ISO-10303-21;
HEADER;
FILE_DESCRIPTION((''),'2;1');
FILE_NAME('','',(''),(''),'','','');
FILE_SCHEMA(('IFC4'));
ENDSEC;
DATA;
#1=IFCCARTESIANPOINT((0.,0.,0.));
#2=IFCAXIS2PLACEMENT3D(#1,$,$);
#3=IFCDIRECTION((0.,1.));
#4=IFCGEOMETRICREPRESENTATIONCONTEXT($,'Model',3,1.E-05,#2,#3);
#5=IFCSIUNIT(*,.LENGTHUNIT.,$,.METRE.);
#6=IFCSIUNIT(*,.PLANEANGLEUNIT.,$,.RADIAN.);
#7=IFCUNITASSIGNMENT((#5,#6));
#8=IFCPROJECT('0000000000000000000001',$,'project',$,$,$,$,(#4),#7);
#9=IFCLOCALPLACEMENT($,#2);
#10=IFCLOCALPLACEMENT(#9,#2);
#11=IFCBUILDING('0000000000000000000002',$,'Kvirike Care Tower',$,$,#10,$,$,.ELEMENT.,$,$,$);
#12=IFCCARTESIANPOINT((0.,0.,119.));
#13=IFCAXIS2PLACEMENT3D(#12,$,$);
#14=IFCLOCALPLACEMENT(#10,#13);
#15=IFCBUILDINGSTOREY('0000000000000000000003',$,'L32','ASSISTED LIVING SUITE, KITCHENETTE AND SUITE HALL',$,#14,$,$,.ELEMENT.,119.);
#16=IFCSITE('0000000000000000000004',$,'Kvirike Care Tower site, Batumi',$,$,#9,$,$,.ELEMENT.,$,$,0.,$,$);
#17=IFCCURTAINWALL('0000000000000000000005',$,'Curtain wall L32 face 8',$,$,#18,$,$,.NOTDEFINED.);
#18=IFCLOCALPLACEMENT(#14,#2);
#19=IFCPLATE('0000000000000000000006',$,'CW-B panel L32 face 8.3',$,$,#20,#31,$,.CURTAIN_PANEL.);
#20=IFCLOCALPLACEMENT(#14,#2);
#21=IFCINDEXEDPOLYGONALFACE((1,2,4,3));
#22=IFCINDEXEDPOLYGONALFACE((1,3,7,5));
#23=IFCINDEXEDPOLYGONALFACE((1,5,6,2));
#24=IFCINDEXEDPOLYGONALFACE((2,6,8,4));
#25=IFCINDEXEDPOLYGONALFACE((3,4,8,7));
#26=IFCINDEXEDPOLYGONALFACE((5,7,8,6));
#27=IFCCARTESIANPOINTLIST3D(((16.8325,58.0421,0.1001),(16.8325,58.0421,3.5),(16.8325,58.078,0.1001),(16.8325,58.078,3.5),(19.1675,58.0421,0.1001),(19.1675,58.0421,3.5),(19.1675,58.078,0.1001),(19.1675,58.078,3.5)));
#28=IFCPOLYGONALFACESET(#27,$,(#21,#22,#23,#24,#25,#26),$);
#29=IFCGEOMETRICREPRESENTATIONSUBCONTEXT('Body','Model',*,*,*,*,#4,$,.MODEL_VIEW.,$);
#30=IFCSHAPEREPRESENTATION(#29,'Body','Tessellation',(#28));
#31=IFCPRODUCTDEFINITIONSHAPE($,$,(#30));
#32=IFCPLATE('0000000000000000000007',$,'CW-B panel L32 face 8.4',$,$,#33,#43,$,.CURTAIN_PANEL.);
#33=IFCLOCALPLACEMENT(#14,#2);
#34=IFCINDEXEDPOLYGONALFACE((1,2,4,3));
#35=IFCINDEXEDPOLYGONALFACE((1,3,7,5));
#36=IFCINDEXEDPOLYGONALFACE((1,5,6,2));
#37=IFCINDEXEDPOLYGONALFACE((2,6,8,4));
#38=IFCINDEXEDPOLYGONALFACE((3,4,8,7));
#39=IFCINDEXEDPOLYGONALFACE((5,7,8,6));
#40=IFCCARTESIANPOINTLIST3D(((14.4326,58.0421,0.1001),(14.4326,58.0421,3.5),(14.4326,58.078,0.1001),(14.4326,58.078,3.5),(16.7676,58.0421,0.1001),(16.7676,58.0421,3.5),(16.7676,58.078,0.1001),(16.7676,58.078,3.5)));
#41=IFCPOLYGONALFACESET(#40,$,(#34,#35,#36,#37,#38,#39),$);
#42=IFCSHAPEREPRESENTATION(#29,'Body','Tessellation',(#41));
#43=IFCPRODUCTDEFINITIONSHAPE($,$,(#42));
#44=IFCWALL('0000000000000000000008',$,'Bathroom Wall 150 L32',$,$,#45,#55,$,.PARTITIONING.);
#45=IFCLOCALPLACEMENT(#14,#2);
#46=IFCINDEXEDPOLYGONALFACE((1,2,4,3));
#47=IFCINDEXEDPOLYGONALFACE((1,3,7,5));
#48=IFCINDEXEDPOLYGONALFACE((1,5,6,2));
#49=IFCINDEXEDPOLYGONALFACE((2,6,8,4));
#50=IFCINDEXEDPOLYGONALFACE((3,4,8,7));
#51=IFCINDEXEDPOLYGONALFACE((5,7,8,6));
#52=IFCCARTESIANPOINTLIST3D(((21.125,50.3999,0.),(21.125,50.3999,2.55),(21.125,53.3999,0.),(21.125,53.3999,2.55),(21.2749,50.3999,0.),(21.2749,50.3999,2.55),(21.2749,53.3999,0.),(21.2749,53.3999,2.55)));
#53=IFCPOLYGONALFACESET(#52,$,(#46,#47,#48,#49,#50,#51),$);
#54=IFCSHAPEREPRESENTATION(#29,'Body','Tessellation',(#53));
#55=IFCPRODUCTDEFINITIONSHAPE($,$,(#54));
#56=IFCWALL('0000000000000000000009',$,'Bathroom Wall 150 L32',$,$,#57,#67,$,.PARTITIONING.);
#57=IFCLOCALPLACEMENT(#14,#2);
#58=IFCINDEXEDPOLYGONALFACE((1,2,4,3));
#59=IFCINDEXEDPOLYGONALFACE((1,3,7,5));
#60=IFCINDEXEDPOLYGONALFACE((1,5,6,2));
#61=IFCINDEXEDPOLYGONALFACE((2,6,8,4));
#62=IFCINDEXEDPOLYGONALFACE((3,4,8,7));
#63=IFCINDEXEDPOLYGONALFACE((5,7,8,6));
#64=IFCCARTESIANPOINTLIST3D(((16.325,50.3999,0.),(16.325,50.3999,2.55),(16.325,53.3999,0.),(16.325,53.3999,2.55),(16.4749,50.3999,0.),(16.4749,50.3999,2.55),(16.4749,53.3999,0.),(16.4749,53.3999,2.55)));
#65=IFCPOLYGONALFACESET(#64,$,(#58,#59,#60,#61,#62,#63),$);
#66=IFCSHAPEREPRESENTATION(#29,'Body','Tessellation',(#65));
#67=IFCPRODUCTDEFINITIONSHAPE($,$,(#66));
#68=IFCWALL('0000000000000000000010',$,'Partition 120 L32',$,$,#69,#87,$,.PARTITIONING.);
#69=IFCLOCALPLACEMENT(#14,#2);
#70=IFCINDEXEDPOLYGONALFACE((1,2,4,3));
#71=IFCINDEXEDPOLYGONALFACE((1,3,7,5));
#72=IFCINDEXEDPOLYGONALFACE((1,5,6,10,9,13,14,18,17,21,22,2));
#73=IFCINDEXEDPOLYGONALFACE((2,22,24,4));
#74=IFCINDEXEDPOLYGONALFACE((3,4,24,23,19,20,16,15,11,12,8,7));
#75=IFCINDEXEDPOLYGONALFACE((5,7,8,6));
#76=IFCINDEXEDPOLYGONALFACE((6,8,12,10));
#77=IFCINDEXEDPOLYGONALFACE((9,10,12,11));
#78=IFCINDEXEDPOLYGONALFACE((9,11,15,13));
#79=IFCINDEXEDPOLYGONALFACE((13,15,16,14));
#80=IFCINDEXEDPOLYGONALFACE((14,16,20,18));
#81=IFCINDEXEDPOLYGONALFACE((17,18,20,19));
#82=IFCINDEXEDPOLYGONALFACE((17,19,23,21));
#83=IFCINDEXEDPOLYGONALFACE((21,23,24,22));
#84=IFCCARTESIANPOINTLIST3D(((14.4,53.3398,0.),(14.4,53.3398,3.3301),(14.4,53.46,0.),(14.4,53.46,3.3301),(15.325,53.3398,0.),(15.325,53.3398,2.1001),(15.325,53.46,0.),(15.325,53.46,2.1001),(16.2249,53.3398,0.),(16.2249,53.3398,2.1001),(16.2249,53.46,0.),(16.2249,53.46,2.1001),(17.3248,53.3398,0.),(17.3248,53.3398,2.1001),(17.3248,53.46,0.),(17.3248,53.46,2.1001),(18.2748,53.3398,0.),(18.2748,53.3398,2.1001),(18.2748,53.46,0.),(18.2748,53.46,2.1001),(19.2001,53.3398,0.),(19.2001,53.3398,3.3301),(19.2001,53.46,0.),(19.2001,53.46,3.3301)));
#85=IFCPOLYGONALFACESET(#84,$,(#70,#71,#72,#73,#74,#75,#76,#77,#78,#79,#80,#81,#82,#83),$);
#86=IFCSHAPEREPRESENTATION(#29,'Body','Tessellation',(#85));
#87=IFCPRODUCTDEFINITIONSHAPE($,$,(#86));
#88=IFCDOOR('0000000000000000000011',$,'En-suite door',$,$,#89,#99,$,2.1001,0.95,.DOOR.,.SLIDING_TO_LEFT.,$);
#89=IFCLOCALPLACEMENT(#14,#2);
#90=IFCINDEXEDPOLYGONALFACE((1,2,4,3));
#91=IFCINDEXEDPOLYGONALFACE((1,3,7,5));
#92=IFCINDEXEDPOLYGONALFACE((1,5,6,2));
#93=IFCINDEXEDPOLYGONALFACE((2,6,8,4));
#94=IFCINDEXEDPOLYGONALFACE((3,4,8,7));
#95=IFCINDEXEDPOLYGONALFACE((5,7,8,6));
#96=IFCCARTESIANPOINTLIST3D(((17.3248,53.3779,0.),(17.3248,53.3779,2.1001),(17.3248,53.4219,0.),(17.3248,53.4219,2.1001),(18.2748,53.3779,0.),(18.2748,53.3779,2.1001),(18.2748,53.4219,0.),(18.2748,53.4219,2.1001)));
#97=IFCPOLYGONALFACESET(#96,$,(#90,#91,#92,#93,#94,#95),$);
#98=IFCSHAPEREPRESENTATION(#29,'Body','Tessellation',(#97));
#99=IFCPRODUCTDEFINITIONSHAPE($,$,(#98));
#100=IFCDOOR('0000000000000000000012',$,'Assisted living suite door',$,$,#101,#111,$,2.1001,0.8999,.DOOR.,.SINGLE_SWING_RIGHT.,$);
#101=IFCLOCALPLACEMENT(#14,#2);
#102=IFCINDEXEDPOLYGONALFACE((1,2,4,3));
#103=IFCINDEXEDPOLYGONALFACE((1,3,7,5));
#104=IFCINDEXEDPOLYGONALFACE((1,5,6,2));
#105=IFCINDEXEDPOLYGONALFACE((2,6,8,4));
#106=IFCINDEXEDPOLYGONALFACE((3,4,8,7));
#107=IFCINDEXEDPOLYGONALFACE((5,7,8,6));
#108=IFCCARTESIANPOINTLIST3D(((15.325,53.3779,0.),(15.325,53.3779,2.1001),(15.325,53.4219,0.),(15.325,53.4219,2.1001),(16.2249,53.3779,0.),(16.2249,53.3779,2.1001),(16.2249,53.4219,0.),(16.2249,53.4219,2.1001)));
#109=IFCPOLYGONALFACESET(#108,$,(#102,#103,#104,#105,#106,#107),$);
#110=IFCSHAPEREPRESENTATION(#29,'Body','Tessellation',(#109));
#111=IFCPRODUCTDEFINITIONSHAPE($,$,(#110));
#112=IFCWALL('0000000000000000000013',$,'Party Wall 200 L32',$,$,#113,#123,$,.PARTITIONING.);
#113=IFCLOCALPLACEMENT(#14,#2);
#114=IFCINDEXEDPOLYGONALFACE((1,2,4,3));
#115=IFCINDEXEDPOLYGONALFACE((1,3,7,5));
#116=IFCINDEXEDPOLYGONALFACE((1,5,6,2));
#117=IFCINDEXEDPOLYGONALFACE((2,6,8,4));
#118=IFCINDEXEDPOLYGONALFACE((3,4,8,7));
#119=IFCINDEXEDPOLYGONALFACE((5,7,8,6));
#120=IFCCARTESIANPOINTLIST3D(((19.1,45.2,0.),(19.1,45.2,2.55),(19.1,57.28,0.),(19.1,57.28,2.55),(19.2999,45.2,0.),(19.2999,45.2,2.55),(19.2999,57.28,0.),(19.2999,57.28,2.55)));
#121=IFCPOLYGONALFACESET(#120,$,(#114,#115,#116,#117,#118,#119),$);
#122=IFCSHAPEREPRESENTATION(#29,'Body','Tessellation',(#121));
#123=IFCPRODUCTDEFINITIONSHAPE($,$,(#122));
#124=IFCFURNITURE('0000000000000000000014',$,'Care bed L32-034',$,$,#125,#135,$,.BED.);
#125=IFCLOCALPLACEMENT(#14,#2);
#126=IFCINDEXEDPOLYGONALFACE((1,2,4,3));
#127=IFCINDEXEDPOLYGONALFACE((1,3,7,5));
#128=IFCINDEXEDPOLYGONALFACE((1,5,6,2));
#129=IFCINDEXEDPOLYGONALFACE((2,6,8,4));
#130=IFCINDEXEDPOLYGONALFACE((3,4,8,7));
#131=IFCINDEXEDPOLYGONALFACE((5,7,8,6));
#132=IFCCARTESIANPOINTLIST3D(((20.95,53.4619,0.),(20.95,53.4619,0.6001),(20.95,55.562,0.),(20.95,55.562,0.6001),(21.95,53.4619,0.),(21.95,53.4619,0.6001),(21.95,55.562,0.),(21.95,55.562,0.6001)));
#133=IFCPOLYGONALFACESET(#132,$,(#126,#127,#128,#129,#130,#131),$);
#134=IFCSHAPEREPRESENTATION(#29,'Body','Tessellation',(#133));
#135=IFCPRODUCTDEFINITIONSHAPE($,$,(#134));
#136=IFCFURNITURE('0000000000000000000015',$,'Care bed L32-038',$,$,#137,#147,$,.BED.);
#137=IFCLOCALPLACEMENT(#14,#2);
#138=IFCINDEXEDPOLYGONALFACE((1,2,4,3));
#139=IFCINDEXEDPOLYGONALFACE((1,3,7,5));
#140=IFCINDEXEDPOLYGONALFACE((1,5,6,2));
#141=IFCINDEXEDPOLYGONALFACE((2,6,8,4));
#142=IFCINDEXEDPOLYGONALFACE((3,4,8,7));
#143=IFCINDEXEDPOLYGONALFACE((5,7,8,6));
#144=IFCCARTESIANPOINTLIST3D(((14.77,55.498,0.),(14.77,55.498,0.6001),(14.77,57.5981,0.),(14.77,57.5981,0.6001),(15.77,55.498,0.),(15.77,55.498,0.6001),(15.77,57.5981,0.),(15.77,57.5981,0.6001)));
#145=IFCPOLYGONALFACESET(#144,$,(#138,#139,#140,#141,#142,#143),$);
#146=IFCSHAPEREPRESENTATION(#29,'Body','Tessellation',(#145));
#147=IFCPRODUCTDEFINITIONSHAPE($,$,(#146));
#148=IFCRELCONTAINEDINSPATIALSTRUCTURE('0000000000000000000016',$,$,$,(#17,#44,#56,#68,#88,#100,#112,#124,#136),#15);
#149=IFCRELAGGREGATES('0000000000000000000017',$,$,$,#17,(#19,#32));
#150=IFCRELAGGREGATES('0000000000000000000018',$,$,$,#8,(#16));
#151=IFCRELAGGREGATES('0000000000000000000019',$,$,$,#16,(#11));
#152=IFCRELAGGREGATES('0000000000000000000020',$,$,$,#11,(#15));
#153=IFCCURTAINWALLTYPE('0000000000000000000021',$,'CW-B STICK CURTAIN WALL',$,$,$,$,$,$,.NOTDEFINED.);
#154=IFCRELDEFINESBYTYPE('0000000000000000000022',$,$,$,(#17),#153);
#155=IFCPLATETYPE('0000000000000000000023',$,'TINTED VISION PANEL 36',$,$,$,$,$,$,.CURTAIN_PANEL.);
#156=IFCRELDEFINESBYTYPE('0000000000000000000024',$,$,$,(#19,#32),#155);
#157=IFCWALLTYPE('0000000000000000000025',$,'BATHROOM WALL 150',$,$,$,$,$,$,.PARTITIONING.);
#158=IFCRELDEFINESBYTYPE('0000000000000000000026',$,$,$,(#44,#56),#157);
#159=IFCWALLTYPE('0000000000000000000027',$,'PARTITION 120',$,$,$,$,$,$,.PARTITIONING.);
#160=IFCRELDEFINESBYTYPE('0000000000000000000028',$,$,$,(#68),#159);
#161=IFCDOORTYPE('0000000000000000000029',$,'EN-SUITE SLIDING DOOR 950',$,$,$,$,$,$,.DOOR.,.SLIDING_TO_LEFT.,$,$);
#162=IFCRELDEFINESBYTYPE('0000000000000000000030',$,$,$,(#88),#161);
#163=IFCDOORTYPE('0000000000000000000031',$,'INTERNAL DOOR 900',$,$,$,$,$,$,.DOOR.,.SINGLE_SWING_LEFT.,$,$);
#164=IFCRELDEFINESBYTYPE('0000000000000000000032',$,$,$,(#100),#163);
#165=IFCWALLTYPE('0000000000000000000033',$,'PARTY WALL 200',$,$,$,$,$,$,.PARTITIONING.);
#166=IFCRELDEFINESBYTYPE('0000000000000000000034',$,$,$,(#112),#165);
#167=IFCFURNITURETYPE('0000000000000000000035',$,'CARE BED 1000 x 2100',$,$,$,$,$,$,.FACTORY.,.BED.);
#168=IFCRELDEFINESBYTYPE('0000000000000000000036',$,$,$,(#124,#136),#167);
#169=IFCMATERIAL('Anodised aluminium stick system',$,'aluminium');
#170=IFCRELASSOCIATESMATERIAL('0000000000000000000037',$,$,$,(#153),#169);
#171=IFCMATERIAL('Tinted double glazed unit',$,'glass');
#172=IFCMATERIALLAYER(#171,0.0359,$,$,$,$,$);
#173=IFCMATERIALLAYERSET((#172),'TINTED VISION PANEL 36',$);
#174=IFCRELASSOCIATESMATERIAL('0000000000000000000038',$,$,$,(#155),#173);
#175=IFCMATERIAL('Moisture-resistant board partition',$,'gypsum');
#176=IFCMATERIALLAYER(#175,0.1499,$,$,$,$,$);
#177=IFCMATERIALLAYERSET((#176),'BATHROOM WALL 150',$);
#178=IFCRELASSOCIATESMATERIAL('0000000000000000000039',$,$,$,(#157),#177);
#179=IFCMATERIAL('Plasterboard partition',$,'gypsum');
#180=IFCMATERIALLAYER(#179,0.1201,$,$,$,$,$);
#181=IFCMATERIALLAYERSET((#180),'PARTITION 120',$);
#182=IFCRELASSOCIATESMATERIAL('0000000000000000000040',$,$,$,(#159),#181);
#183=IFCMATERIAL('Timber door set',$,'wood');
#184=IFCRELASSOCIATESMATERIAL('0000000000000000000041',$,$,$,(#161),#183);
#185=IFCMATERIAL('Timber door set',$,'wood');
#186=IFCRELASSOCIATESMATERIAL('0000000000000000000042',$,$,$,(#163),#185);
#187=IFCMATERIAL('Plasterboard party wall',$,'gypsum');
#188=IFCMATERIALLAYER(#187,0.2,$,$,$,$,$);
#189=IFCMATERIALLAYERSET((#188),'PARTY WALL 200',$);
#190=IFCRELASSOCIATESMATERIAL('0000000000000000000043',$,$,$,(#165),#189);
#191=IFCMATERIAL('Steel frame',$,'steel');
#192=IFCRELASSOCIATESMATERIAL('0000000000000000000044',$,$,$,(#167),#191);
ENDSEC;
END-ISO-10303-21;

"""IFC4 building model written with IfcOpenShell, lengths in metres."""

from ifc_helpers import new_model, si_unit, direction, frame, frame_2d, origin, origin_2d, place, context, subcontext, project, spatial, rectangle, extrude, material, layer, layer_set, type_object, element, fill, aggregate, save


model = new_model("IFC4")

# Units and contexts
model_context = context("Model", 3, precision=1e-05, world=origin(), true_north=direction((0.0, 1.0)))
body_context = subcontext(model_context, "Body", "Model", "MODEL_VIEW")
ifc_project = project(units=[si_unit("LENGTHUNIT", "METRE"), si_unit("PLANEANGLEUNIT", "RADIAN")], contexts=[model_context])

# Site, building, storey
site_placement = place(None, origin())
site = spatial("IfcSite", under=ifc_project, at=site_placement, Name="Kvirike Care Tower site, Batumi", CompositionType="ELEMENT", RefElevation=0.0)
building_placement = place(site_placement, origin())
building = spatial("IfcBuilding", under=site, at=building_placement, Name="Kvirike Care Tower", CompositionType="ELEMENT")
storey_placement = place(building_placement, frame((0.0, 0.0, 119.0)))
storey = spatial("IfcBuildingStorey", under=building, at=storey_placement, Name="L32", Description="ASSISTED LIVING SUITE, KITCHENETTE AND SUITE HALL", CompositionType="ELEMENT", Elevation=119.0)

# Curtain wall
ifc_material_1 = material(Name="Anodised aluminium stick system", Category="aluminium")
curtain_wall_type = type_object("IfcCurtainWallType", Name="CW-B STICK CURTAIN WALL", PredefinedType="NOTDEFINED", material=ifc_material_1)
curtain_wall_placement = place(storey_placement, origin())
curtain_wall = element("IfcCurtainWall", 1, at=curtain_wall_placement, inside=storey, type_object=curtain_wall_type, Name="Curtain wall L32 face 8", PredefinedType="NOTDEFINED")

# Plates
ifc_material_2 = material(Name="Tinted double glazed unit", Category="glass")
ifc_layer_1 = layer(ifc_material_2, 0.0359)
ifc_layer_set_1 = layer_set([ifc_layer_1], Name="TINTED VISION PANEL 36")
plate_type = type_object("IfcPlateType", Name="TINTED VISION PANEL 36", PredefinedType="CURTAIN_PANEL", material=ifc_layer_set_1)
plate_1_placement = place(storey_placement, frame((18.0, 58.0601, 0.1001), z_axis=(0.0, 0.0, 1.0), x_axis=(-1.0, 0.0, 0.0)))
plate_1 = element("IfcPlate", 2, at=plate_1_placement, type_object=plate_type, Name="CW-B panel L32 face 8.3", PredefinedType="CURTAIN_PANEL", context=body_context, shape_type="SweptSolid", body=[
    extrude(rectangle(XDim=2.335, YDim=0.0359, at=origin_2d()), origin(), (0.0, 0.0, 1.0), 3.3999),
])
plate_2_placement = place(storey_placement, frame((15.6001, 58.0601, 0.1001), z_axis=(0.0, 0.0, 1.0), x_axis=(-1.0, 0.0, 0.0)))
plate_2 = element("IfcPlate", 3, at=plate_2_placement, type_object=plate_type, Name="CW-B panel L32 face 8.4", PredefinedType="CURTAIN_PANEL", context=body_context, shape_type="SweptSolid", body=[
    extrude(rectangle(XDim=2.335, YDim=0.0359, at=origin_2d()), origin(), (0.0, 0.0, 1.0), 3.3999),
])
aggregate(curtain_wall, [plate_1, plate_2])

# Walls
ifc_material_3 = material(Name="Moisture-resistant board partition", Category="gypsum")
ifc_layer_2 = layer(ifc_material_3, 0.1499)
ifc_layer_set_2 = layer_set([ifc_layer_2], Name="BATHROOM WALL 150")
wall_type_1 = type_object("IfcWallType", Name="BATHROOM WALL 150", PredefinedType="PARTITIONING", material=ifc_layer_set_2)
for number, where, z_axis, x_axis, name in (
    (4, (21.2, 53.3999, 0.0), (0.0, 0.0, 1.0), (0.0, -1.0, 0.0), "Bathroom Wall 150 L32"),
    (5, (16.3999, 53.3999, 0.0), (0.0, 0.0, 1.0), (0.0, -1.0, 0.0), "Bathroom Wall 150 L32"),
):
    element("IfcWall", number, at=place(storey_placement, frame(where, z_axis=z_axis, x_axis=x_axis)), inside=storey, type_object=wall_type_1, Name=name, PredefinedType="PARTITIONING", context=body_context, shape_type="SweptSolid", body=[
        extrude(rectangle(XDim=3.0, YDim=0.1499, at=frame_2d((1.5, 0.0))), origin(), (0.0, 0.0, 1.0), 2.55),
    ])

# Wall, openings, doors
ifc_material_4 = material(Name="Plasterboard partition", Category="gypsum")
ifc_layer_3 = layer(ifc_material_4, 0.1201)
ifc_layer_set_3 = layer_set([ifc_layer_3], Name="PARTITION 120")
wall_type_2 = type_object("IfcWallType", Name="PARTITION 120", PredefinedType="PARTITIONING", material=ifc_layer_set_3)
wall_1_placement = place(storey_placement, frame((19.2, 53.3999, 0.0), z_axis=(0.0, 0.0, 1.0), x_axis=(-1.0, 0.0, 0.0)))
wall_1 = element("IfcWall", 6, at=wall_1_placement, inside=storey, type_object=wall_type_2, Name="Partition 120 L32", PredefinedType="PARTITIONING", context=body_context, shape_type="SweptSolid", body=[
    extrude(rectangle(XDim=4.8, YDim=0.1201, at=frame_2d((2.3999, 0.0))), origin(), (0.0, 0.0, 1.0), 3.3301),
])
opening_1_placement = place(wall_1_placement, frame((2.9751, 0.0, 0.0)))
opening_1 = element("IfcOpeningElement", 7, at=opening_1_placement, cuts=wall_1, PredefinedType="OPENING", context=body_context, shape_type="SweptSolid", body=[
    extrude(rectangle(XDim=0.8999, YDim=2.1001, at=frame_2d((0.45, 1.05))), frame((0.0, 0.0706, 0.0), z_axis=(0.0, -1.0, 0.0), x_axis=(1.0, 0.0, 0.0)), (0.0, 0.0, 1.0), 0.1411),
])
opening_2_placement = place(wall_1_placement, frame((0.925, 0.0, 0.0)))
opening_2 = element("IfcOpeningElement", 8, at=opening_2_placement, cuts=wall_1, PredefinedType="OPENING", context=body_context, shape_type="SweptSolid", body=[
    extrude(rectangle(XDim=0.95, YDim=2.1001, at=frame_2d((0.4751, 1.05))), frame((0.0, 0.0706, 0.0), z_axis=(0.0, -1.0, 0.0), x_axis=(1.0, 0.0, 0.0)), (0.0, 0.0, 1.0), 0.1411),
])
ifc_material_5 = material(Name="Timber door set", Category="wood")
door_type_1 = type_object("IfcDoorType", Name="EN-SUITE SLIDING DOOR 950", OperationType="SLIDING_TO_LEFT", PredefinedType="DOOR", material=ifc_material_5)
door_1_placement = place(opening_2_placement, origin())
door_1 = element("IfcDoor", 9, at=door_1_placement, inside=storey, type_object=door_type_1, Name="En-suite door", OperationType="SLIDING_TO_LEFT", OverallHeight=2.1001, OverallWidth=0.95, PredefinedType="DOOR", context=body_context, shape_type="SweptSolid", body=[
    extrude(rectangle(XDim=0.95, YDim=2.1001, at=frame_2d((0.4751, 1.05))), frame((0.0, 0.022, 0.0), z_axis=(0.0, -1.0, 0.0), x_axis=(1.0, 0.0, 0.0)), (0.0, 0.0, 1.0), 0.0439),
])
fill(opening_2, door_1)
ifc_material_6 = material(Name="Timber door set", Category="wood")
door_type_2 = type_object("IfcDoorType", Name="INTERNAL DOOR 900", OperationType="SINGLE_SWING_LEFT", PredefinedType="DOOR", material=ifc_material_6)
door_2_placement = place(opening_1_placement, origin())
door_2 = element("IfcDoor", 10, at=door_2_placement, inside=storey, type_object=door_type_2, Name="Assisted living suite door", OperationType="SINGLE_SWING_RIGHT", OverallHeight=2.1001, OverallWidth=0.8999, PredefinedType="DOOR", context=body_context, shape_type="SweptSolid", body=[
    extrude(rectangle(XDim=0.8999, YDim=2.1001, at=frame_2d((0.45, 1.05))), frame((0.0, 0.022, 0.0), z_axis=(0.0, -1.0, 0.0), x_axis=(1.0, 0.0, 0.0)), (0.0, 0.0, 1.0), 0.0439),
])
fill(opening_1, door_2)

# Wall
ifc_material_7 = material(Name="Plasterboard party wall", Category="gypsum")
ifc_layer_4 = layer(ifc_material_7, 0.2)
ifc_layer_set_4 = layer_set([ifc_layer_4], Name="PARTY WALL 200")
wall_type_3 = type_object("IfcWallType", Name="PARTY WALL 200", PredefinedType="PARTITIONING", material=ifc_layer_set_4)
wall_2_placement = place(storey_placement, frame((19.2, 57.28, 0.0), z_axis=(0.0, 0.0, 1.0), x_axis=(0.0, -1.0, 0.0)))
element("IfcWall", 11, at=wall_2_placement, inside=storey, type_object=wall_type_3, Name="Party Wall 200 L32", PredefinedType="PARTITIONING", context=body_context, shape_type="SweptSolid", body=[
    extrude(rectangle(XDim=12.0801, YDim=0.2, at=frame_2d((6.04, 0.0))), origin(), (0.0, 0.0, 1.0), 2.55),
])

# Furniture
ifc_material_8 = material(Name="Steel frame", Category="steel")
furniture_type = type_object("IfcFurnitureType", Name="CARE BED 1000 x 2100", AssemblyPlace="FACTORY", PredefinedType="BED", material=ifc_material_8)
for number, where, z_axis, x_axis, name in (
    (12, (21.45, 54.512, 0.0), (0.0, 0.0, 1.0), (-1.0, 0.0, 0.0), "Care bed L32-034"),
    (13, (15.27, 56.5481, 0.0), (0.0, 0.0, 1.0), (1.0, 0.0, 0.0), "Care bed L32-038"),
):
    element("IfcFurniture", number, at=place(storey_placement, frame(where, z_axis=z_axis, x_axis=x_axis)), inside=storey, type_object=furniture_type, Name=name, PredefinedType="BED", context=body_context, shape_type="SweptSolid", body=[
        extrude(rectangle(XDim=1.0, YDim=2.1001, at=origin_2d()), origin(), (0.0, 0.0, 1.0), 0.6001),
    ])

save(model, "model.ifc")
